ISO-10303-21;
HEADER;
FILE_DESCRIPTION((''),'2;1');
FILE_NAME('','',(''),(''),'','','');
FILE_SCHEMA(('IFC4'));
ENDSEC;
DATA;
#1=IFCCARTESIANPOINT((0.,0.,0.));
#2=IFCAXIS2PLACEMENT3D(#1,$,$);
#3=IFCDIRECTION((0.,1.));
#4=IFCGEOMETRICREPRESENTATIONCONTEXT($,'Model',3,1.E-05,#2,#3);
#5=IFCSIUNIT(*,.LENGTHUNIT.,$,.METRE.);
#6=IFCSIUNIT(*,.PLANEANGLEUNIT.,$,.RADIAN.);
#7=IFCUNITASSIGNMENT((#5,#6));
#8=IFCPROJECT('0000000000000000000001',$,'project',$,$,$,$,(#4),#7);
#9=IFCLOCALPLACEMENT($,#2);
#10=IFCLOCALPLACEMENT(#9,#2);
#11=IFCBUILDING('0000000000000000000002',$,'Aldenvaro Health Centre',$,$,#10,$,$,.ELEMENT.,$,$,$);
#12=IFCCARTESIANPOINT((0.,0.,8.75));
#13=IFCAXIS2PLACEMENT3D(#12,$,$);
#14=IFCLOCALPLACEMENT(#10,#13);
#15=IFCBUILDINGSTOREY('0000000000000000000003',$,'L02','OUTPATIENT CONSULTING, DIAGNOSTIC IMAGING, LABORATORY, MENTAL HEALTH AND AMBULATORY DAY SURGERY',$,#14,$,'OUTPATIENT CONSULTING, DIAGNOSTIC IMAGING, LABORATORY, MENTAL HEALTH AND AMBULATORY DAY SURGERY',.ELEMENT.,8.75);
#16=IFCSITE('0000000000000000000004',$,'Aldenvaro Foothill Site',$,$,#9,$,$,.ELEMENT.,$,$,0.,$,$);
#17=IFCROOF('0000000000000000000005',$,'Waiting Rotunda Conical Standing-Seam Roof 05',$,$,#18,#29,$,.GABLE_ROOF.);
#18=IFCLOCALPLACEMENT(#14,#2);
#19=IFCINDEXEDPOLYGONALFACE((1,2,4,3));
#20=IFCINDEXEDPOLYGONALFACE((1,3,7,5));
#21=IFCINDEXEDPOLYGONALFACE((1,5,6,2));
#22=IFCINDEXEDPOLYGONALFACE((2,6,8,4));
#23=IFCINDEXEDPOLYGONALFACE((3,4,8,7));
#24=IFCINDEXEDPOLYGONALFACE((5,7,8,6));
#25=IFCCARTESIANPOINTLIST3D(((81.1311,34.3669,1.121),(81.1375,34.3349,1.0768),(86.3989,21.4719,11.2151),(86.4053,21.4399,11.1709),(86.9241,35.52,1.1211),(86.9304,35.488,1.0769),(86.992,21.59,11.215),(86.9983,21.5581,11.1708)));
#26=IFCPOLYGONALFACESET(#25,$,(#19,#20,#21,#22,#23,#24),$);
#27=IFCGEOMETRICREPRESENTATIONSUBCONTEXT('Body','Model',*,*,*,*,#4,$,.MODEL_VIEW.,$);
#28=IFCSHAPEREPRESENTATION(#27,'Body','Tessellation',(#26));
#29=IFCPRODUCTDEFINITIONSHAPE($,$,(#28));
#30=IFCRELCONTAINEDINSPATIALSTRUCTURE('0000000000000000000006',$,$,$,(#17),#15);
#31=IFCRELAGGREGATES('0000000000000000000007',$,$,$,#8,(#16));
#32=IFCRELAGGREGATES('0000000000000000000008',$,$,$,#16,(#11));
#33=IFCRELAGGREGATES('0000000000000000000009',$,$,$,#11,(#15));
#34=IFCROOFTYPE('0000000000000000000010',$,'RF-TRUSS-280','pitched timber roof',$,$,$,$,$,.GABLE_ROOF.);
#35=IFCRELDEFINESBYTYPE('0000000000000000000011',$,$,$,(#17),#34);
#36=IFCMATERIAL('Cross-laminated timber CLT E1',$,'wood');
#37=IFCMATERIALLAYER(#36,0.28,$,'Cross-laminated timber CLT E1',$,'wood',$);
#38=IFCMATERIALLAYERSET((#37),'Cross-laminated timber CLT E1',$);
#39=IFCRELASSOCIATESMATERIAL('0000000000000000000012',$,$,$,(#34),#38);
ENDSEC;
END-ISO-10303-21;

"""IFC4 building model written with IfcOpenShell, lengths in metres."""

from ifc_helpers import new_model, si_unit, direction, frame, origin, place, context, subcontext, project, spatial, polyline, outline, extrude, material, layer, layer_set, type_object, element, save


model = new_model("IFC4")

# Units and contexts
model_context = context("Model", 3, precision=1e-05, world=origin(), true_north=direction((0.0, 1.0)))
body_context = subcontext(model_context, "Body", "Model", "MODEL_VIEW")
ifc_project = project(units=[si_unit("LENGTHUNIT", "METRE"), si_unit("PLANEANGLEUNIT", "RADIAN")], contexts=[model_context])

# Site, building, storey
site_placement = place(None, origin())
site = spatial("IfcSite", under=ifc_project, at=site_placement, Name="Aldenvaro Foothill Site", CompositionType="ELEMENT", RefElevation=0.0)
building_placement = place(site_placement, origin())
building = spatial("IfcBuilding", under=site, at=building_placement, Name="Aldenvaro Health Centre", CompositionType="ELEMENT")
storey_placement = place(building_placement, frame((0.0, 0.0, 8.75)))
storey = spatial("IfcBuildingStorey", under=building, at=storey_placement, Name="L02", Description="OUTPATIENT CONSULTING, DIAGNOSTIC IMAGING, LABORATORY, MENTAL HEALTH AND AMBULATORY DAY SURGERY", LongName="OUTPATIENT CONSULTING, DIAGNOSTIC IMAGING, LABORATORY, MENTAL HEALTH AND AMBULATORY DAY SURGERY", CompositionType="ELEMENT", Elevation=8.75)

# Shared definitions
ifc_material_1 = material(Name="Cross-laminated timber CLT E1", Category="wood")

# Roof
ifc_layer_1 = layer(ifc_material_1, 0.28, Name="Cross-laminated timber CLT E1", Category="wood")
ifc_layer_set_1 = layer_set([ifc_layer_1], Name="Cross-laminated timber CLT E1")
roof_type = type_object("IfcRoofType", Name="RF-TRUSS-280", Description="pitched timber roof", PredefinedType="GABLE_ROOF", material=ifc_layer_set_1)
roof_placement = place(storey_placement, frame((86.9241, 35.52, 1.1211), z_axis=(-0.115944, 0.582438, 0.804564), x_axis=(-0.980759, -0.195224, -0.000009)))
element("IfcRoof", 1, at=roof_placement, inside=storey, type_object=roof_type, Name="Waiting Rotunda Conical Standing-Seam Roof 05", PredefinedType="GABLE_ROOF", context=body_context, shape_type="SweptSolid", body=[
    extrude(outline(polyline([(0.0, 0.0), (5.9066, 0.0), (3.2575, 16.9971), (2.6528, 16.997), (0.0, 0.0)])), origin(), (0.0, 0.0, -1.0), 0.0549),
])

save(model, "model.ifc")
